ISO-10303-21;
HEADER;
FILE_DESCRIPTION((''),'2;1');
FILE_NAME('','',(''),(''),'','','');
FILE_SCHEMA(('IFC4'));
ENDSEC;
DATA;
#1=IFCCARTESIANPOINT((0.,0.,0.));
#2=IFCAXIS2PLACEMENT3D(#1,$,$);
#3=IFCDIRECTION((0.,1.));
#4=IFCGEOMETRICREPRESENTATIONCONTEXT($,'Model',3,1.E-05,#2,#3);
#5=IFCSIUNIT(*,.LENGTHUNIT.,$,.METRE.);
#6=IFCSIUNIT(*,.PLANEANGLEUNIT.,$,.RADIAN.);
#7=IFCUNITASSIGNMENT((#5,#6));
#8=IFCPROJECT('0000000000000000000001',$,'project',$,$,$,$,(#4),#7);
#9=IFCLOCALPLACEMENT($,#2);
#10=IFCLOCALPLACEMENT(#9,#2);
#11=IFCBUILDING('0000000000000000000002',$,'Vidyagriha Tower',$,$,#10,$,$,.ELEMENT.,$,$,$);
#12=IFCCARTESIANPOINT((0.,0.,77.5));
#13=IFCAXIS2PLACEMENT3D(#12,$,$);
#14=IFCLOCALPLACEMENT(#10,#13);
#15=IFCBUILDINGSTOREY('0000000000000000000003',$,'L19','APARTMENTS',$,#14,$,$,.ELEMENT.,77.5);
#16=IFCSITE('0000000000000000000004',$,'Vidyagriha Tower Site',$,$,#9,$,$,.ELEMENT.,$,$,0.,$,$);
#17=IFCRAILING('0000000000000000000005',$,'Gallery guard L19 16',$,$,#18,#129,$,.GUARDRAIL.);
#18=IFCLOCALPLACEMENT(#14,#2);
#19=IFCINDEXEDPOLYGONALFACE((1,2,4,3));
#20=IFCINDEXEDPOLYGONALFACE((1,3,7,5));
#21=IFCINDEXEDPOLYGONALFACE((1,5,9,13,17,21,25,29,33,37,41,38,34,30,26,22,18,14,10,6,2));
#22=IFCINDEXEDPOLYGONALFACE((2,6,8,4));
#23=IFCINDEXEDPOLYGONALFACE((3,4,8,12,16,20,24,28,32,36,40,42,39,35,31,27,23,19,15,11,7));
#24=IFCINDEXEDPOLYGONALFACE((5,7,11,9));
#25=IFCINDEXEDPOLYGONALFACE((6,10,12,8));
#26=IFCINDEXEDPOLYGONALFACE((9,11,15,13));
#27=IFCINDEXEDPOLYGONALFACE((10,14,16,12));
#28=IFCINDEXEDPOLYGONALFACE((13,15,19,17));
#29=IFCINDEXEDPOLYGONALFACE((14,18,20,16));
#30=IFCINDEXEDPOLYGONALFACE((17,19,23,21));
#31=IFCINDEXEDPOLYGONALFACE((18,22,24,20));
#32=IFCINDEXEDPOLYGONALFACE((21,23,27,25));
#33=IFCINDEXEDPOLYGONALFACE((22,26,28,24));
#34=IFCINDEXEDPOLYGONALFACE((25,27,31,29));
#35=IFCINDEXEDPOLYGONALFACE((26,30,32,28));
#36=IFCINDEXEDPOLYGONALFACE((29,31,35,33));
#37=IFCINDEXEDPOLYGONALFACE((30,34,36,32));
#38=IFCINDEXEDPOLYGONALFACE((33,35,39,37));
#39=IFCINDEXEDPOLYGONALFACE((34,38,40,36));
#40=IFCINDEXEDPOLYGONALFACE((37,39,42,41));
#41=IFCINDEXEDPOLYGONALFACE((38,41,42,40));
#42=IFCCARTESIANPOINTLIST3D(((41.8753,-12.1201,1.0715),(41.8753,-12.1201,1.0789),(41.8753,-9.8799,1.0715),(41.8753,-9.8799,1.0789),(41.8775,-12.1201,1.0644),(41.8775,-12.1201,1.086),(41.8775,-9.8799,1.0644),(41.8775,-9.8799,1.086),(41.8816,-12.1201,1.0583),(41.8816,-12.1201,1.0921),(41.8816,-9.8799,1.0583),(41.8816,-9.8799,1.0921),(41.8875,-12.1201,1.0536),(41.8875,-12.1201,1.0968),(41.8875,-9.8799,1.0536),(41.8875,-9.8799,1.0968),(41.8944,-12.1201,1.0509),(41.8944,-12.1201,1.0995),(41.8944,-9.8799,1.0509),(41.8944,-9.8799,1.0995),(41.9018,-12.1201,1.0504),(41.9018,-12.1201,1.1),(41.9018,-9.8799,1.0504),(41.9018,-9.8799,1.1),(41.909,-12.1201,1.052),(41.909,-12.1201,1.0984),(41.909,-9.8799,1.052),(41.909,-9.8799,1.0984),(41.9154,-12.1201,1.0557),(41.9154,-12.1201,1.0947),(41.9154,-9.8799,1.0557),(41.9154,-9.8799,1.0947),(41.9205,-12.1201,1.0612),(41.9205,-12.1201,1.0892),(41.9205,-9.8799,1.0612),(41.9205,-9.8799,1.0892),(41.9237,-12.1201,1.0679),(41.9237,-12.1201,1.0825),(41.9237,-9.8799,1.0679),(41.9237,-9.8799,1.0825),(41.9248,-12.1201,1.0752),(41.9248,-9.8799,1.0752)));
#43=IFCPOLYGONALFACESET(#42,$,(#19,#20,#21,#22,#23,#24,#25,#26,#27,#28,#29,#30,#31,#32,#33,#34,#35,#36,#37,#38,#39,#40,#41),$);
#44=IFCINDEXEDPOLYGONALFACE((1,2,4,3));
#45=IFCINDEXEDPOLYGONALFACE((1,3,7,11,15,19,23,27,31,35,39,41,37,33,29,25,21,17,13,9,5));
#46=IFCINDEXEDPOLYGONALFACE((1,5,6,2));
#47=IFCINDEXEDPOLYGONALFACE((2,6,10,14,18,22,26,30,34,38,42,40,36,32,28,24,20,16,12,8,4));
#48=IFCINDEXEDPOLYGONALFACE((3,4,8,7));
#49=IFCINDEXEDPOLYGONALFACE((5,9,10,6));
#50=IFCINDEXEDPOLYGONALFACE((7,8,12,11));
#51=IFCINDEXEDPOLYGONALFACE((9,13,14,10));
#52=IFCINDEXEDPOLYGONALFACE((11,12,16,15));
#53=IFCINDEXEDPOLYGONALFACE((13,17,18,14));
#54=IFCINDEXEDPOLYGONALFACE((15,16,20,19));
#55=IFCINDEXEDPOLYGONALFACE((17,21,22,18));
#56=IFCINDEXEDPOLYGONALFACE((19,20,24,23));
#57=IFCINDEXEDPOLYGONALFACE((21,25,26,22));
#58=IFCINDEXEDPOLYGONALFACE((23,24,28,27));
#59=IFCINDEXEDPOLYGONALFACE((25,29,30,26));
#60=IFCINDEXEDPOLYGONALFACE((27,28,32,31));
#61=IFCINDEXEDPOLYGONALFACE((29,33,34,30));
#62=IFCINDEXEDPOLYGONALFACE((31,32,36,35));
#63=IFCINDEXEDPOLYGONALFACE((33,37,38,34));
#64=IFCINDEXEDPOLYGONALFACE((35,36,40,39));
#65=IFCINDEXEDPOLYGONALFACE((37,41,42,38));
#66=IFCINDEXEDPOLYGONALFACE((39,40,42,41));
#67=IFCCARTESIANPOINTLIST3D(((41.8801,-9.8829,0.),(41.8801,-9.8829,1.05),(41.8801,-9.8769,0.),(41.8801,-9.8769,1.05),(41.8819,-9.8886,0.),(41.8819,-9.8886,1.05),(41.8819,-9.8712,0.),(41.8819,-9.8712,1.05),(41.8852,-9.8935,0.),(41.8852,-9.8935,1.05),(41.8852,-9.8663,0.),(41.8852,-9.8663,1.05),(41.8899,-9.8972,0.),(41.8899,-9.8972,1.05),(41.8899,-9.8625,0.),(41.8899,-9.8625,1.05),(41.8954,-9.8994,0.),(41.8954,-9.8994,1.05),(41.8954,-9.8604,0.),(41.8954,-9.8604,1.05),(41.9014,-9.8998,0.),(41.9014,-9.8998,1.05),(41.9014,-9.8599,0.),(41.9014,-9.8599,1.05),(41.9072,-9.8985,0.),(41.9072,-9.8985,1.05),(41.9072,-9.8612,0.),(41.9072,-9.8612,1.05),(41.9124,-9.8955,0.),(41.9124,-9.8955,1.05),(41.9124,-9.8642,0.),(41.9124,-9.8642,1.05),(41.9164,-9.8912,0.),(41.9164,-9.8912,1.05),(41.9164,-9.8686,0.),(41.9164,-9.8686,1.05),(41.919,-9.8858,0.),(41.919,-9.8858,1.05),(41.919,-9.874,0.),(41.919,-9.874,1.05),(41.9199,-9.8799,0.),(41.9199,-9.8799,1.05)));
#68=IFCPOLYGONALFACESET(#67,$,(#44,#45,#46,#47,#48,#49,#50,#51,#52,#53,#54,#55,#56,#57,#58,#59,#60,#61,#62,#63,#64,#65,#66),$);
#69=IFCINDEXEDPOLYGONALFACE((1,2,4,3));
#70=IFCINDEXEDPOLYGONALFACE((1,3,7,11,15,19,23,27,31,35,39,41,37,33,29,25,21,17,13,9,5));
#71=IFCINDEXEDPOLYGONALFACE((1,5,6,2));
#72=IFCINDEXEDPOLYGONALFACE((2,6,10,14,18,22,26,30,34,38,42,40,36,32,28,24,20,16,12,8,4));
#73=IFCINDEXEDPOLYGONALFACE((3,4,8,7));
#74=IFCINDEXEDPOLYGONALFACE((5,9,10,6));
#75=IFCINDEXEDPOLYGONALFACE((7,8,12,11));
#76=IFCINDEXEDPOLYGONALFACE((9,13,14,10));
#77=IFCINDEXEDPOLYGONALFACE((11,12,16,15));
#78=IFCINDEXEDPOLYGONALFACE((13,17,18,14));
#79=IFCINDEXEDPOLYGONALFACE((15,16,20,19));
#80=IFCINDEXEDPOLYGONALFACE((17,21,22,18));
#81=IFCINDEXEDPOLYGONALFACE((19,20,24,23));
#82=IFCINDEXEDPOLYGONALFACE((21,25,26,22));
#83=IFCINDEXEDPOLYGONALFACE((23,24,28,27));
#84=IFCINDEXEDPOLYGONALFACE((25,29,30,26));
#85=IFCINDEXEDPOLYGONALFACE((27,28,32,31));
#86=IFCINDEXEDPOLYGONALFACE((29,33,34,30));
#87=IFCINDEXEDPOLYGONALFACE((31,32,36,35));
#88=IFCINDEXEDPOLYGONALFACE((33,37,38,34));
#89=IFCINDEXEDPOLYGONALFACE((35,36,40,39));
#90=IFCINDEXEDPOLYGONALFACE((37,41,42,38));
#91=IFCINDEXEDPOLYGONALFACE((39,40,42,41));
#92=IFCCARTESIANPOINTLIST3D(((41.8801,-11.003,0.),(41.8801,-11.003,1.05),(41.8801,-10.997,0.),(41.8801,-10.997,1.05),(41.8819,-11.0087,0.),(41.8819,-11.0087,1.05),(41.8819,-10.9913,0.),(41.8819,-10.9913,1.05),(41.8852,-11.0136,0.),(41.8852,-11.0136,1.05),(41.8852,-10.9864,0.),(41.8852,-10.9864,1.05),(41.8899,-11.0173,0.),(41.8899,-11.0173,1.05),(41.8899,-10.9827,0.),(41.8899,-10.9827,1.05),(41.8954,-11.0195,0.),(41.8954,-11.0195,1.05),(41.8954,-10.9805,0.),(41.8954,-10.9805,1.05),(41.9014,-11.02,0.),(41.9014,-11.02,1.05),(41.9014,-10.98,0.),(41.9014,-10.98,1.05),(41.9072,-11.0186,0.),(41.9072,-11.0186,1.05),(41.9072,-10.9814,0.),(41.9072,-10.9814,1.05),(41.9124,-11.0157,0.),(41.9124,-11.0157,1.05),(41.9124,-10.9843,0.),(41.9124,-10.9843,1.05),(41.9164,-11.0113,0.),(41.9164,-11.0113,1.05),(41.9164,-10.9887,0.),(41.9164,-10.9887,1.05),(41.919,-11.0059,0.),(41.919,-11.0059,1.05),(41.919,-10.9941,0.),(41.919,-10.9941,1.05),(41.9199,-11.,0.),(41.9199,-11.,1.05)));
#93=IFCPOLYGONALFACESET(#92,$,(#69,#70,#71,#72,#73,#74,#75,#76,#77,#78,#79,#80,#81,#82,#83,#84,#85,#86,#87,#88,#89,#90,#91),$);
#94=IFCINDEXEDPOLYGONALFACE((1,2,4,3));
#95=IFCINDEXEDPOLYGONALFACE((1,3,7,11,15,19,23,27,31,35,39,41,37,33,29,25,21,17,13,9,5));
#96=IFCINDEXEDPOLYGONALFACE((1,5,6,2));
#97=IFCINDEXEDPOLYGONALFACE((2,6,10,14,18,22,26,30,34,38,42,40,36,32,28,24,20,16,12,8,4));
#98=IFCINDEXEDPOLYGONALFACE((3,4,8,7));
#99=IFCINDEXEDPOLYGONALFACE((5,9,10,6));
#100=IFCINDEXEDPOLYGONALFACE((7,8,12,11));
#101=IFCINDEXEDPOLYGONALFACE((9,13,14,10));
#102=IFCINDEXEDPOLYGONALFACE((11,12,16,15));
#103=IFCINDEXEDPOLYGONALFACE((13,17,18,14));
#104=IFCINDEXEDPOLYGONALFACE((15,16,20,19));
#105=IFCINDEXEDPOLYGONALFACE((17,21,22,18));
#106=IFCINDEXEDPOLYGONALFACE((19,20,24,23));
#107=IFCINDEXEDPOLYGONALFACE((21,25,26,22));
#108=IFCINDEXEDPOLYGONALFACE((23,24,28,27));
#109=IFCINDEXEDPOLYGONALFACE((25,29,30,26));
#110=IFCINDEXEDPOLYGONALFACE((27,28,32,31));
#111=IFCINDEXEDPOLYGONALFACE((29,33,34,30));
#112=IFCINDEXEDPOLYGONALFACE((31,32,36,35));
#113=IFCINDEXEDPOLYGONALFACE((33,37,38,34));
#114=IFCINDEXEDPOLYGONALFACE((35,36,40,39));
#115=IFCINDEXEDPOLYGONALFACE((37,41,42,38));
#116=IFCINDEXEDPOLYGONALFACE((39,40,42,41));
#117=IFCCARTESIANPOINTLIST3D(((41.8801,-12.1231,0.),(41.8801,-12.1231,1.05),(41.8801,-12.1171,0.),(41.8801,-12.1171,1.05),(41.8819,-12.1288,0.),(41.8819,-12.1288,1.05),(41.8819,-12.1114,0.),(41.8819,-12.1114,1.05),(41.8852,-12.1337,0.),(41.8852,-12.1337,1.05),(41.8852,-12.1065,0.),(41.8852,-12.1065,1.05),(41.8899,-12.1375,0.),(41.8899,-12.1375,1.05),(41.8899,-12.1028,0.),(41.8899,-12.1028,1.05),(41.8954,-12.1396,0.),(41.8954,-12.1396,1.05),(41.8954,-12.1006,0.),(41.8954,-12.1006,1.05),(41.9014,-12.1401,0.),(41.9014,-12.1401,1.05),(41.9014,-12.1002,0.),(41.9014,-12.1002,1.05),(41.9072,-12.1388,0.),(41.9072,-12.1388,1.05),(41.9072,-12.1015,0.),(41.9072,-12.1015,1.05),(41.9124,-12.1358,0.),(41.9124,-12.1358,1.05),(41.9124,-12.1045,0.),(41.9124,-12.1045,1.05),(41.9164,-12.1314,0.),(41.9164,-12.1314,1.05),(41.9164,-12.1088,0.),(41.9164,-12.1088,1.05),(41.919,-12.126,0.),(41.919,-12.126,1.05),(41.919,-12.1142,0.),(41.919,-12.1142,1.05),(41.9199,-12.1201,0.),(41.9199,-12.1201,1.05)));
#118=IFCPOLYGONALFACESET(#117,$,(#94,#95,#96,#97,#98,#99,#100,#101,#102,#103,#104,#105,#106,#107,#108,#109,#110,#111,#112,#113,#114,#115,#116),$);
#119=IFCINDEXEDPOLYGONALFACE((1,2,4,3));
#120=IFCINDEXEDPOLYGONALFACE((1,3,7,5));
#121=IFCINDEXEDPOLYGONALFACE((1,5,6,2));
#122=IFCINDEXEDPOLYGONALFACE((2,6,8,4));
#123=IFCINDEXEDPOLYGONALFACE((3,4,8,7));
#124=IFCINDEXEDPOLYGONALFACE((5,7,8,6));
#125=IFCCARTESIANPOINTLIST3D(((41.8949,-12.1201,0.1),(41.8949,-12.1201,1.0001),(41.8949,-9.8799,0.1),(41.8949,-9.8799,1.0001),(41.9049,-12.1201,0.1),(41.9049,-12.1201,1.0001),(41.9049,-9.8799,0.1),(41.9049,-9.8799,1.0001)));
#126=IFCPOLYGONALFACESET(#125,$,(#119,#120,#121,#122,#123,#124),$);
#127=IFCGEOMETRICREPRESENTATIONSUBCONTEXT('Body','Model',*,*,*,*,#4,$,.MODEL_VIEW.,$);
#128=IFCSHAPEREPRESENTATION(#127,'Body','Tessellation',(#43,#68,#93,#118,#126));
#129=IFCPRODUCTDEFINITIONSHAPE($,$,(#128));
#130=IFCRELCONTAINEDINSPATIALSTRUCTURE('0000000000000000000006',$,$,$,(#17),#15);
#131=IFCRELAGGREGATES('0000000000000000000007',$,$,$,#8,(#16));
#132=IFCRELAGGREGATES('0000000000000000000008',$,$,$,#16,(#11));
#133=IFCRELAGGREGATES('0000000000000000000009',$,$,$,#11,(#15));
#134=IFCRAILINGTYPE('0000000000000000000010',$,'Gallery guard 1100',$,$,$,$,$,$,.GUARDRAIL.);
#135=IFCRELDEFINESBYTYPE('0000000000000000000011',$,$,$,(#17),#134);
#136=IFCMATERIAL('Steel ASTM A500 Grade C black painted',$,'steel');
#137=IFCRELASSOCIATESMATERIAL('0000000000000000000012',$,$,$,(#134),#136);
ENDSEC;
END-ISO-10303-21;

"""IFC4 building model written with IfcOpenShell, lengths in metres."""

from ifc_helpers import new_model, si_unit, direction, frame, origin, origin_2d, place, context, subcontext, project, spatial, rectangle, circle, extrude, material, type_object, element, save


model = new_model("IFC4")

# Units and contexts
model_context = context("Model", 3, precision=1e-05, world=origin(), true_north=direction((0.0, 1.0)))
body_context = subcontext(model_context, "Body", "Model", "MODEL_VIEW")
ifc_project = project(units=[si_unit("LENGTHUNIT", "METRE"), si_unit("PLANEANGLEUNIT", "RADIAN")], contexts=[model_context])

# Site, building, storey
site_placement = place(None, origin())
site = spatial("IfcSite", under=ifc_project, at=site_placement, Name="Vidyagriha Tower Site", CompositionType="ELEMENT", RefElevation=0.0)
building_placement = place(site_placement, origin())
building = spatial("IfcBuilding", under=site, at=building_placement, Name="Vidyagriha Tower", CompositionType="ELEMENT")
storey_placement = place(building_placement, frame((0.0, 0.0, 77.5)))
storey = spatial("IfcBuildingStorey", under=building, at=storey_placement, Name="L19", Description="APARTMENTS", CompositionType="ELEMENT", Elevation=77.5)

# Railing
ifc_material_1 = material(Name="Steel ASTM A500 Grade C black painted", Category="steel")
railing_type_1 = type_object("IfcRailingType", Name="Gallery guard 1100", PredefinedType="GUARDRAIL", material=ifc_material_1)
railing_1_placement = place(storey_placement, frame((41.8999, -9.8799, 0.0)))
element("IfcRailing", 1, at=railing_1_placement, inside=storey, type_object=railing_type_1, Name="Gallery guard L19 16", PredefinedType="GUARDRAIL", context=body_context, shape_type="SweptSolid", body=[
    extrude(circle(Radius=0.0249, at=origin_2d()), frame((0.0, 0.0, 1.0752), z_axis=(0.0, -1.0, 0.0), x_axis=(1.0, 0.0, 0.0)), (0.0, 0.0, 1.0), 2.2402),
    extrude(circle(Radius=0.02, at=origin_2d()), origin(), (0.0, 0.0, 1.0), 1.05),
    extrude(circle(Radius=0.02, at=origin_2d()), frame((0.0, -1.1201, 0.0)), (0.0, 0.0, 1.0), 1.05),
    extrude(circle(Radius=0.02, at=origin_2d()), frame((0.0, -2.2402, 0.0)), (0.0, 0.0, 1.0), 1.05),
    extrude(rectangle(XDim=0.01, YDim=0.9001, at=origin_2d()), frame((0.0, 0.0, 0.55), z_axis=(0.0, -1.0, 0.0), x_axis=(1.0, 0.0, 0.0)), (0.0, 0.0, 1.0), 2.2402),
])

save(model, "model.ifc")
